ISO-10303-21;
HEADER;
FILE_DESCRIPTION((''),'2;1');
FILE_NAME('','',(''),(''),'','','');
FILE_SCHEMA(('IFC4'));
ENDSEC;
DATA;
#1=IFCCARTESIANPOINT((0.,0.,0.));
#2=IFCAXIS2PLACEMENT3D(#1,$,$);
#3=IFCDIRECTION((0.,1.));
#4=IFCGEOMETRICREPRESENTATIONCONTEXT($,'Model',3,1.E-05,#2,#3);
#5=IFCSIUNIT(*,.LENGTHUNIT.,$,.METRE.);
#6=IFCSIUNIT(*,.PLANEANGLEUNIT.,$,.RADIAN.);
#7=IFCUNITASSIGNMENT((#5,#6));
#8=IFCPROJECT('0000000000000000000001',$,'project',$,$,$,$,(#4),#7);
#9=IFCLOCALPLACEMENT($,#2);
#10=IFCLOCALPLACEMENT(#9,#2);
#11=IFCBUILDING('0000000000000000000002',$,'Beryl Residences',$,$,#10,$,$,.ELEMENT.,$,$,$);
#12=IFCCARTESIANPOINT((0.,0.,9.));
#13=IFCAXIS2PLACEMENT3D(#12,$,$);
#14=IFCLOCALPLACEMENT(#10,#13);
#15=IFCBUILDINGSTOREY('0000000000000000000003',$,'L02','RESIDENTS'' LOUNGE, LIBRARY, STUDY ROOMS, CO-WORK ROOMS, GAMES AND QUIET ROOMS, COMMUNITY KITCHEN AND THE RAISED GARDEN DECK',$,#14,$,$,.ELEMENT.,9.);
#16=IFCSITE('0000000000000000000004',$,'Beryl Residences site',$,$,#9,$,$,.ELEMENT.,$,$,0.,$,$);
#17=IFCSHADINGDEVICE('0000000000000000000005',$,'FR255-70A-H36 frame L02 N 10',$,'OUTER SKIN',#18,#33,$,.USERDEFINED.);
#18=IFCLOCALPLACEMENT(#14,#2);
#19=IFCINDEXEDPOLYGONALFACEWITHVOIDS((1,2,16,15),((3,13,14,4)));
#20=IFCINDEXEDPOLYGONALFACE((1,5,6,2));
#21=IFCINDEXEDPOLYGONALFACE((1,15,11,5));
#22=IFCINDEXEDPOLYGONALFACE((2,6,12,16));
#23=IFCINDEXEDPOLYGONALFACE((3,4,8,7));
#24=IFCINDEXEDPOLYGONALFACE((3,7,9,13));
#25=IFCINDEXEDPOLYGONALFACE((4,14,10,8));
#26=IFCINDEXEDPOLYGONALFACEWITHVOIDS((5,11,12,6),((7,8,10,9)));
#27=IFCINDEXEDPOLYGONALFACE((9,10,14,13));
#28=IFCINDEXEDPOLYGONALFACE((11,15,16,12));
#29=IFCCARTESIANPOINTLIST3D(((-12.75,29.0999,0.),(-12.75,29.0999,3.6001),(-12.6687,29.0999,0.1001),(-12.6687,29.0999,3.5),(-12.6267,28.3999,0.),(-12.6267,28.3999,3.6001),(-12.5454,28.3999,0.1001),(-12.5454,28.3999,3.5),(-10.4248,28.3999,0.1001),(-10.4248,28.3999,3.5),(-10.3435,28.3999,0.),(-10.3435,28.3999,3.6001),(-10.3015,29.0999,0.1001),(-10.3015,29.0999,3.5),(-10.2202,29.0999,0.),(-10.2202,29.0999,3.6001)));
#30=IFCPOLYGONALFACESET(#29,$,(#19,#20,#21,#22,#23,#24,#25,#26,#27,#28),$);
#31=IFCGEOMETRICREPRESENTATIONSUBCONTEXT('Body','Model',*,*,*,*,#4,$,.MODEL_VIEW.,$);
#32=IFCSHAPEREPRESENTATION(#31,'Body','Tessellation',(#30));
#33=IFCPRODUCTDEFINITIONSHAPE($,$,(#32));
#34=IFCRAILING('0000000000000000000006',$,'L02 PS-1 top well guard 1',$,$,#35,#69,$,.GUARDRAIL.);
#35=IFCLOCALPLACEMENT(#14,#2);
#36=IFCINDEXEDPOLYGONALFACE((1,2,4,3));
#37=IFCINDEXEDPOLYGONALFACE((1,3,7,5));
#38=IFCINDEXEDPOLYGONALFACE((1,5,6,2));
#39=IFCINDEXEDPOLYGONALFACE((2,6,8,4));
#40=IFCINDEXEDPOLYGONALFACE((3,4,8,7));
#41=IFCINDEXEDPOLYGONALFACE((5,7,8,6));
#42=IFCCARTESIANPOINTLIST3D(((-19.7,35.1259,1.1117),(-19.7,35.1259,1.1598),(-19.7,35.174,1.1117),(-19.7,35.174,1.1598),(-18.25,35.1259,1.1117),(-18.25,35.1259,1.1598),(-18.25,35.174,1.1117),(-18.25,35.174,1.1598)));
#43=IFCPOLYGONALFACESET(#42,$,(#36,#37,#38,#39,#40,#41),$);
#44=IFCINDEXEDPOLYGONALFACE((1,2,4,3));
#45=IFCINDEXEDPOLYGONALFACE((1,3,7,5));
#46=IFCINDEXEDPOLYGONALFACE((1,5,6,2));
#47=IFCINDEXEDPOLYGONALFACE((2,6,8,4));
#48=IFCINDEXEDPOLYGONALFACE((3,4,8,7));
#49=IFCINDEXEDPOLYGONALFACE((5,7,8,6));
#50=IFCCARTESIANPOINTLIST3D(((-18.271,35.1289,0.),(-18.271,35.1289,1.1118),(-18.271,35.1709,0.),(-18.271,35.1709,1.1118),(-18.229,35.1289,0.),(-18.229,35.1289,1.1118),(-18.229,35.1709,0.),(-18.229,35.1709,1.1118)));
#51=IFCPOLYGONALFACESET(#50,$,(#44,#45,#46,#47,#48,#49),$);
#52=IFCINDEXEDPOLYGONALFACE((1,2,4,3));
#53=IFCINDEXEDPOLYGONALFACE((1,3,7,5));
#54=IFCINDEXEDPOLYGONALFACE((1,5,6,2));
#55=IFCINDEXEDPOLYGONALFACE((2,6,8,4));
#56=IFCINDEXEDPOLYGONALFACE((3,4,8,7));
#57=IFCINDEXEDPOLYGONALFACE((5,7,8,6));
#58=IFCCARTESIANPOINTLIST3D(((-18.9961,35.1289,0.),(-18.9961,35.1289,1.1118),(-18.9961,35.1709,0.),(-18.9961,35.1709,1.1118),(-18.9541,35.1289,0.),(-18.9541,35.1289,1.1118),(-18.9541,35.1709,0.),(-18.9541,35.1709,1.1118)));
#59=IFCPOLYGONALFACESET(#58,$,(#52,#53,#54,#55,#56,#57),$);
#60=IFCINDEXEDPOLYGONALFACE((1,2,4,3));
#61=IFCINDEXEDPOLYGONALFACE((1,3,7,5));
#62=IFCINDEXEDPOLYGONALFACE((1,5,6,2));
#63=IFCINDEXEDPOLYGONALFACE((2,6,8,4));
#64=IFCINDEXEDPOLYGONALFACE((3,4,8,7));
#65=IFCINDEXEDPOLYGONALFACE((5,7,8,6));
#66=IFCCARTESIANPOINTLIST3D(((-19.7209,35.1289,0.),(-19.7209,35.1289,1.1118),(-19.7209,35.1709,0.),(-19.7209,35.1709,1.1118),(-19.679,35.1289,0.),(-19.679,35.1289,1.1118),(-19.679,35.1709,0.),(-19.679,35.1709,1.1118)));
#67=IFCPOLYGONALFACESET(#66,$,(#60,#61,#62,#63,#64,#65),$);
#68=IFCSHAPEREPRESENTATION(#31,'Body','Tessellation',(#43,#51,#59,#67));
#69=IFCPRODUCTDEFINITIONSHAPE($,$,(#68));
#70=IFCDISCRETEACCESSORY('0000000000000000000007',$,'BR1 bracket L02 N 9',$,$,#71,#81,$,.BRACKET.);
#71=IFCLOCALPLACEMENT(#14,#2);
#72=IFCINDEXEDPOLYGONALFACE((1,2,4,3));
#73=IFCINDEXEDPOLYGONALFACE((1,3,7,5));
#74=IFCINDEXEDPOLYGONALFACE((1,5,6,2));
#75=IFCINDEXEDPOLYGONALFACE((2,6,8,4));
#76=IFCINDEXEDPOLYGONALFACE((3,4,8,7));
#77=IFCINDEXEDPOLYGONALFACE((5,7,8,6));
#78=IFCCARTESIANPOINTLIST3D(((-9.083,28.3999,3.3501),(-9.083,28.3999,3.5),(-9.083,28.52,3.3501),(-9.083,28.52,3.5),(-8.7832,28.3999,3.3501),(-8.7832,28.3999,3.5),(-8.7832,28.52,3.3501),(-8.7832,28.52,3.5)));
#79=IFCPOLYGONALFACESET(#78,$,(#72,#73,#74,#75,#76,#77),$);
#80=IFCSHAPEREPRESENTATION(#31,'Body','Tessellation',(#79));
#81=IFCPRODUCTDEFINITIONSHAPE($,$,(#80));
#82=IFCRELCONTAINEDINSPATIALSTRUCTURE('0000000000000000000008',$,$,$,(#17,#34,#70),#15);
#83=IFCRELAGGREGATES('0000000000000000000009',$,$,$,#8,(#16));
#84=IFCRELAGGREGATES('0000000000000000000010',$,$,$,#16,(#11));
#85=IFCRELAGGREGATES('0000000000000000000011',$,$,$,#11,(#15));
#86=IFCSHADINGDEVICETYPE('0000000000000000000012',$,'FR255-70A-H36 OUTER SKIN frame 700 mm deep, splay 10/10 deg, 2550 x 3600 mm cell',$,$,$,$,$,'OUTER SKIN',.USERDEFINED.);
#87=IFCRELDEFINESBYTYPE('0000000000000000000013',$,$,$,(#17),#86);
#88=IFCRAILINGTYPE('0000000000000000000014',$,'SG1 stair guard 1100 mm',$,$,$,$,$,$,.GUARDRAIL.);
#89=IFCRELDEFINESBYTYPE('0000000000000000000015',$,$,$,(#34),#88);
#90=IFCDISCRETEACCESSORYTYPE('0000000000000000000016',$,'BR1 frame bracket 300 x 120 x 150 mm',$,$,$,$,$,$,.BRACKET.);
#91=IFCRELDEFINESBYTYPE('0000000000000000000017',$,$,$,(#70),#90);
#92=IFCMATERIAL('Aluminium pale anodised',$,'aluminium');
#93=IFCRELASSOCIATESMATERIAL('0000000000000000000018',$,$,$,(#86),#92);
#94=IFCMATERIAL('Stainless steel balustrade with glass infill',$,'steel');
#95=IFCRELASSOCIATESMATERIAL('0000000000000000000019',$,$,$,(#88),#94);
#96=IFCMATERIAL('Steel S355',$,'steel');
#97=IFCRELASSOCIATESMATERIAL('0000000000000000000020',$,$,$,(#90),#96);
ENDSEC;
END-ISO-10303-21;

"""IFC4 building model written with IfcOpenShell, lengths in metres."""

from ifc_helpers import new_model, entity, si_unit, direction, frame, origin, origin_2d, place, context, subcontext, project, spatial, polyline, rectangle, outline, extrude, source, transform, mapped, material, type_object, type_shapes, element, save


model = new_model("IFC4")

# Units and contexts
model_context = context("Model", 3, precision=1e-05, world=origin(), true_north=direction((0.0, 1.0)))
body_context = subcontext(model_context, "Body", "Model", "MODEL_VIEW")
ifc_project = project(units=[si_unit("LENGTHUNIT", "METRE"), si_unit("PLANEANGLEUNIT", "RADIAN")], contexts=[model_context])

# Site, building, storey
site_placement = place(None, origin())
site = spatial("IfcSite", under=ifc_project, at=site_placement, Name="Beryl Residences site", CompositionType="ELEMENT", RefElevation=0.0)
building_placement = place(site_placement, origin())
building = spatial("IfcBuilding", under=site, at=building_placement, Name="Beryl Residences", CompositionType="ELEMENT")
storey_placement = place(building_placement, frame((0.0, 0.0, 9.0)))
storey = spatial("IfcBuildingStorey", under=building, at=storey_placement, Name="L02", Description="RESIDENTS' LOUNGE, LIBRARY, STUDY ROOMS, CO-WORK ROOMS, GAMES AND QUIET ROOMS, COMMUNITY KITCHEN AND THE RAISED GARDEN DECK", CompositionType="ELEMENT", Elevation=9.0)

# Shading device
ifc_material_1 = material(Name="Aluminium pale anodised", Category="aluminium")
shading_device_type = type_object("IfcShadingDeviceType", Name="FR255-70A-H36 OUTER SKIN frame 700 mm deep, splay 10/10 deg, 2550 x 3600 mm cell", ElementType="OUTER SKIN", PredefinedType="USERDEFINED", material=ifc_material_1)
cartesian_point_1 = entity("IfcCartesianPoint", [-1.1416, 0.0])
cartesian_point_2 = entity("IfcCartesianPoint", [-1.0603, 0.1001])
cartesian_point_3 = entity("IfcCartesianPoint", [-1.2649, 0.0])
cartesian_point_4 = entity("IfcCartesianPoint", [-1.1836, 0.1001])
shared_shape_1 = source(origin(), body_context, "Body", "SweptSolid", [
    entity("IfcExtrudedAreaSolidTapered", entity("IfcArbitraryProfileDefWithVoids", "AREA", None, entity("IfcPolyline", [cartesian_point_1, entity("IfcCartesianPoint", [1.1416, 0.0]), entity("IfcCartesianPoint", [1.1416, 3.6001]), entity("IfcCartesianPoint", [-1.1416, 3.6001]), cartesian_point_1]), [entity("IfcPolyline", [cartesian_point_2, entity("IfcCartesianPoint", [1.0603, 0.1001]), entity("IfcCartesianPoint", [1.0603, 3.5]), entity("IfcCartesianPoint", [-1.0603, 3.5]), cartesian_point_2])]), entity("IfcAxis2Placement3D", entity("IfcCartesianPoint", [0.0, 0.0, 0.0]), entity("IfcDirection", [0.0, 1.0, 0.0]), entity("IfcDirection", [-1.0, 0.0, 0.0])), entity("IfcDirection", [0.0, 0.0, 1.0]), 0.7, entity("IfcArbitraryProfileDefWithVoids", "AREA", None, entity("IfcPolyline", [cartesian_point_3, entity("IfcCartesianPoint", [1.2649, 0.0]), entity("IfcCartesianPoint", [1.2649, 3.6001]), entity("IfcCartesianPoint", [-1.2649, 3.6001]), cartesian_point_3]), [entity("IfcPolyline", [cartesian_point_4, entity("IfcCartesianPoint", [1.1836, 0.1001]), entity("IfcCartesianPoint", [1.1836, 3.5]), entity("IfcCartesianPoint", [-1.1836, 3.5]), cartesian_point_4])])),
])
type_shapes(shading_device_type, [shared_shape_1])
for number, where, z_axis, x_axis, name in (
    (1, (-11.4851, 28.3999, 0.0), (0.0, 0.0, 1.0), (1.0, 0.0, 0.0), "FR255-70A-H36 frame L02 N 10"),
):
    element("IfcShadingDevice", number, at=place(storey_placement, frame(where, z_axis=z_axis, x_axis=x_axis)), inside=storey, type_object=shading_device_type, Name=name, ObjectType="OUTER SKIN", PredefinedType="USERDEFINED", context=body_context, shape_type="MappedRepresentation", body=[
        mapped(shared_shape_1, transform((0.0, 0.0, 0.0))),
    ])

# Railing
ifc_material_2 = material(Name="Stainless steel balustrade with glass infill", Category="steel")
railing_type = type_object("IfcRailingType", Name="SG1 stair guard 1100 mm", PredefinedType="GUARDRAIL", material=ifc_material_2)
railing_placement = place(storey_placement, frame((-18.25, 35.1499, 0.0)))
element("IfcRailing", 2, at=railing_placement, inside=storey, type_object=railing_type, Name="L02 PS-1 top well guard 1", PredefinedType="GUARDRAIL", context=body_context, shape_type="SweptSolid", body=[
    extrude(rectangle(XDim=0.0481, YDim=0.0481, at=origin_2d()), frame((0.0, 0.0, 1.1357), z_axis=(-1.0, 0.0, 0.0), x_axis=(0.0, -1.0, 0.0)), (0.0, 0.0, 1.0), 1.45),
    extrude(rectangle(XDim=0.042, YDim=0.042, at=origin_2d()), origin(), (0.0, 0.0, 1.0), 1.1118),
    extrude(rectangle(XDim=0.042, YDim=0.042, at=origin_2d()), frame((-0.7251, 0.0, 0.0)), (0.0, 0.0, 1.0), 1.1118),
    extrude(rectangle(XDim=0.042, YDim=0.042, at=origin_2d()), frame((-1.45, 0.0, 0.0)), (0.0, 0.0, 1.0), 1.1118),
])

# Discrete accessory
ifc_material_3 = material(Name="Steel S355", Category="steel")
discrete_accessory_type = type_object("IfcDiscreteAccessoryType", Name="BR1 frame bracket 300 x 120 x 150 mm", PredefinedType="BRACKET", material=ifc_material_3)
shared_shape_2 = source(origin(), body_context, "Body", "SweptSolid", [
    extrude(outline(polyline([(-0.1499, 0.0), (0.1499, 0.0), (0.1499, 0.1201), (-0.1499, 0.1201), (-0.1499, 0.0)])), origin(), (0.0, 0.0, 1.0), 0.1499),
])
type_shapes(discrete_accessory_type, [shared_shape_2])
discrete_accessory_placement = place(storey_placement, frame((-8.9331, 28.3999, 3.3501), z_axis=(0.0, 0.0, 1.0), x_axis=(1.0, 0.0, 0.0)))
element("IfcDiscreteAccessory", 3, at=discrete_accessory_placement, inside=storey, type_object=discrete_accessory_type, Name="BR1 bracket L02 N 9", PredefinedType="BRACKET", context=body_context, shape_type="MappedRepresentation", body=[
    mapped(shared_shape_2, transform((0.0, 0.0, 0.0))),
])

save(model, "model.ifc")
